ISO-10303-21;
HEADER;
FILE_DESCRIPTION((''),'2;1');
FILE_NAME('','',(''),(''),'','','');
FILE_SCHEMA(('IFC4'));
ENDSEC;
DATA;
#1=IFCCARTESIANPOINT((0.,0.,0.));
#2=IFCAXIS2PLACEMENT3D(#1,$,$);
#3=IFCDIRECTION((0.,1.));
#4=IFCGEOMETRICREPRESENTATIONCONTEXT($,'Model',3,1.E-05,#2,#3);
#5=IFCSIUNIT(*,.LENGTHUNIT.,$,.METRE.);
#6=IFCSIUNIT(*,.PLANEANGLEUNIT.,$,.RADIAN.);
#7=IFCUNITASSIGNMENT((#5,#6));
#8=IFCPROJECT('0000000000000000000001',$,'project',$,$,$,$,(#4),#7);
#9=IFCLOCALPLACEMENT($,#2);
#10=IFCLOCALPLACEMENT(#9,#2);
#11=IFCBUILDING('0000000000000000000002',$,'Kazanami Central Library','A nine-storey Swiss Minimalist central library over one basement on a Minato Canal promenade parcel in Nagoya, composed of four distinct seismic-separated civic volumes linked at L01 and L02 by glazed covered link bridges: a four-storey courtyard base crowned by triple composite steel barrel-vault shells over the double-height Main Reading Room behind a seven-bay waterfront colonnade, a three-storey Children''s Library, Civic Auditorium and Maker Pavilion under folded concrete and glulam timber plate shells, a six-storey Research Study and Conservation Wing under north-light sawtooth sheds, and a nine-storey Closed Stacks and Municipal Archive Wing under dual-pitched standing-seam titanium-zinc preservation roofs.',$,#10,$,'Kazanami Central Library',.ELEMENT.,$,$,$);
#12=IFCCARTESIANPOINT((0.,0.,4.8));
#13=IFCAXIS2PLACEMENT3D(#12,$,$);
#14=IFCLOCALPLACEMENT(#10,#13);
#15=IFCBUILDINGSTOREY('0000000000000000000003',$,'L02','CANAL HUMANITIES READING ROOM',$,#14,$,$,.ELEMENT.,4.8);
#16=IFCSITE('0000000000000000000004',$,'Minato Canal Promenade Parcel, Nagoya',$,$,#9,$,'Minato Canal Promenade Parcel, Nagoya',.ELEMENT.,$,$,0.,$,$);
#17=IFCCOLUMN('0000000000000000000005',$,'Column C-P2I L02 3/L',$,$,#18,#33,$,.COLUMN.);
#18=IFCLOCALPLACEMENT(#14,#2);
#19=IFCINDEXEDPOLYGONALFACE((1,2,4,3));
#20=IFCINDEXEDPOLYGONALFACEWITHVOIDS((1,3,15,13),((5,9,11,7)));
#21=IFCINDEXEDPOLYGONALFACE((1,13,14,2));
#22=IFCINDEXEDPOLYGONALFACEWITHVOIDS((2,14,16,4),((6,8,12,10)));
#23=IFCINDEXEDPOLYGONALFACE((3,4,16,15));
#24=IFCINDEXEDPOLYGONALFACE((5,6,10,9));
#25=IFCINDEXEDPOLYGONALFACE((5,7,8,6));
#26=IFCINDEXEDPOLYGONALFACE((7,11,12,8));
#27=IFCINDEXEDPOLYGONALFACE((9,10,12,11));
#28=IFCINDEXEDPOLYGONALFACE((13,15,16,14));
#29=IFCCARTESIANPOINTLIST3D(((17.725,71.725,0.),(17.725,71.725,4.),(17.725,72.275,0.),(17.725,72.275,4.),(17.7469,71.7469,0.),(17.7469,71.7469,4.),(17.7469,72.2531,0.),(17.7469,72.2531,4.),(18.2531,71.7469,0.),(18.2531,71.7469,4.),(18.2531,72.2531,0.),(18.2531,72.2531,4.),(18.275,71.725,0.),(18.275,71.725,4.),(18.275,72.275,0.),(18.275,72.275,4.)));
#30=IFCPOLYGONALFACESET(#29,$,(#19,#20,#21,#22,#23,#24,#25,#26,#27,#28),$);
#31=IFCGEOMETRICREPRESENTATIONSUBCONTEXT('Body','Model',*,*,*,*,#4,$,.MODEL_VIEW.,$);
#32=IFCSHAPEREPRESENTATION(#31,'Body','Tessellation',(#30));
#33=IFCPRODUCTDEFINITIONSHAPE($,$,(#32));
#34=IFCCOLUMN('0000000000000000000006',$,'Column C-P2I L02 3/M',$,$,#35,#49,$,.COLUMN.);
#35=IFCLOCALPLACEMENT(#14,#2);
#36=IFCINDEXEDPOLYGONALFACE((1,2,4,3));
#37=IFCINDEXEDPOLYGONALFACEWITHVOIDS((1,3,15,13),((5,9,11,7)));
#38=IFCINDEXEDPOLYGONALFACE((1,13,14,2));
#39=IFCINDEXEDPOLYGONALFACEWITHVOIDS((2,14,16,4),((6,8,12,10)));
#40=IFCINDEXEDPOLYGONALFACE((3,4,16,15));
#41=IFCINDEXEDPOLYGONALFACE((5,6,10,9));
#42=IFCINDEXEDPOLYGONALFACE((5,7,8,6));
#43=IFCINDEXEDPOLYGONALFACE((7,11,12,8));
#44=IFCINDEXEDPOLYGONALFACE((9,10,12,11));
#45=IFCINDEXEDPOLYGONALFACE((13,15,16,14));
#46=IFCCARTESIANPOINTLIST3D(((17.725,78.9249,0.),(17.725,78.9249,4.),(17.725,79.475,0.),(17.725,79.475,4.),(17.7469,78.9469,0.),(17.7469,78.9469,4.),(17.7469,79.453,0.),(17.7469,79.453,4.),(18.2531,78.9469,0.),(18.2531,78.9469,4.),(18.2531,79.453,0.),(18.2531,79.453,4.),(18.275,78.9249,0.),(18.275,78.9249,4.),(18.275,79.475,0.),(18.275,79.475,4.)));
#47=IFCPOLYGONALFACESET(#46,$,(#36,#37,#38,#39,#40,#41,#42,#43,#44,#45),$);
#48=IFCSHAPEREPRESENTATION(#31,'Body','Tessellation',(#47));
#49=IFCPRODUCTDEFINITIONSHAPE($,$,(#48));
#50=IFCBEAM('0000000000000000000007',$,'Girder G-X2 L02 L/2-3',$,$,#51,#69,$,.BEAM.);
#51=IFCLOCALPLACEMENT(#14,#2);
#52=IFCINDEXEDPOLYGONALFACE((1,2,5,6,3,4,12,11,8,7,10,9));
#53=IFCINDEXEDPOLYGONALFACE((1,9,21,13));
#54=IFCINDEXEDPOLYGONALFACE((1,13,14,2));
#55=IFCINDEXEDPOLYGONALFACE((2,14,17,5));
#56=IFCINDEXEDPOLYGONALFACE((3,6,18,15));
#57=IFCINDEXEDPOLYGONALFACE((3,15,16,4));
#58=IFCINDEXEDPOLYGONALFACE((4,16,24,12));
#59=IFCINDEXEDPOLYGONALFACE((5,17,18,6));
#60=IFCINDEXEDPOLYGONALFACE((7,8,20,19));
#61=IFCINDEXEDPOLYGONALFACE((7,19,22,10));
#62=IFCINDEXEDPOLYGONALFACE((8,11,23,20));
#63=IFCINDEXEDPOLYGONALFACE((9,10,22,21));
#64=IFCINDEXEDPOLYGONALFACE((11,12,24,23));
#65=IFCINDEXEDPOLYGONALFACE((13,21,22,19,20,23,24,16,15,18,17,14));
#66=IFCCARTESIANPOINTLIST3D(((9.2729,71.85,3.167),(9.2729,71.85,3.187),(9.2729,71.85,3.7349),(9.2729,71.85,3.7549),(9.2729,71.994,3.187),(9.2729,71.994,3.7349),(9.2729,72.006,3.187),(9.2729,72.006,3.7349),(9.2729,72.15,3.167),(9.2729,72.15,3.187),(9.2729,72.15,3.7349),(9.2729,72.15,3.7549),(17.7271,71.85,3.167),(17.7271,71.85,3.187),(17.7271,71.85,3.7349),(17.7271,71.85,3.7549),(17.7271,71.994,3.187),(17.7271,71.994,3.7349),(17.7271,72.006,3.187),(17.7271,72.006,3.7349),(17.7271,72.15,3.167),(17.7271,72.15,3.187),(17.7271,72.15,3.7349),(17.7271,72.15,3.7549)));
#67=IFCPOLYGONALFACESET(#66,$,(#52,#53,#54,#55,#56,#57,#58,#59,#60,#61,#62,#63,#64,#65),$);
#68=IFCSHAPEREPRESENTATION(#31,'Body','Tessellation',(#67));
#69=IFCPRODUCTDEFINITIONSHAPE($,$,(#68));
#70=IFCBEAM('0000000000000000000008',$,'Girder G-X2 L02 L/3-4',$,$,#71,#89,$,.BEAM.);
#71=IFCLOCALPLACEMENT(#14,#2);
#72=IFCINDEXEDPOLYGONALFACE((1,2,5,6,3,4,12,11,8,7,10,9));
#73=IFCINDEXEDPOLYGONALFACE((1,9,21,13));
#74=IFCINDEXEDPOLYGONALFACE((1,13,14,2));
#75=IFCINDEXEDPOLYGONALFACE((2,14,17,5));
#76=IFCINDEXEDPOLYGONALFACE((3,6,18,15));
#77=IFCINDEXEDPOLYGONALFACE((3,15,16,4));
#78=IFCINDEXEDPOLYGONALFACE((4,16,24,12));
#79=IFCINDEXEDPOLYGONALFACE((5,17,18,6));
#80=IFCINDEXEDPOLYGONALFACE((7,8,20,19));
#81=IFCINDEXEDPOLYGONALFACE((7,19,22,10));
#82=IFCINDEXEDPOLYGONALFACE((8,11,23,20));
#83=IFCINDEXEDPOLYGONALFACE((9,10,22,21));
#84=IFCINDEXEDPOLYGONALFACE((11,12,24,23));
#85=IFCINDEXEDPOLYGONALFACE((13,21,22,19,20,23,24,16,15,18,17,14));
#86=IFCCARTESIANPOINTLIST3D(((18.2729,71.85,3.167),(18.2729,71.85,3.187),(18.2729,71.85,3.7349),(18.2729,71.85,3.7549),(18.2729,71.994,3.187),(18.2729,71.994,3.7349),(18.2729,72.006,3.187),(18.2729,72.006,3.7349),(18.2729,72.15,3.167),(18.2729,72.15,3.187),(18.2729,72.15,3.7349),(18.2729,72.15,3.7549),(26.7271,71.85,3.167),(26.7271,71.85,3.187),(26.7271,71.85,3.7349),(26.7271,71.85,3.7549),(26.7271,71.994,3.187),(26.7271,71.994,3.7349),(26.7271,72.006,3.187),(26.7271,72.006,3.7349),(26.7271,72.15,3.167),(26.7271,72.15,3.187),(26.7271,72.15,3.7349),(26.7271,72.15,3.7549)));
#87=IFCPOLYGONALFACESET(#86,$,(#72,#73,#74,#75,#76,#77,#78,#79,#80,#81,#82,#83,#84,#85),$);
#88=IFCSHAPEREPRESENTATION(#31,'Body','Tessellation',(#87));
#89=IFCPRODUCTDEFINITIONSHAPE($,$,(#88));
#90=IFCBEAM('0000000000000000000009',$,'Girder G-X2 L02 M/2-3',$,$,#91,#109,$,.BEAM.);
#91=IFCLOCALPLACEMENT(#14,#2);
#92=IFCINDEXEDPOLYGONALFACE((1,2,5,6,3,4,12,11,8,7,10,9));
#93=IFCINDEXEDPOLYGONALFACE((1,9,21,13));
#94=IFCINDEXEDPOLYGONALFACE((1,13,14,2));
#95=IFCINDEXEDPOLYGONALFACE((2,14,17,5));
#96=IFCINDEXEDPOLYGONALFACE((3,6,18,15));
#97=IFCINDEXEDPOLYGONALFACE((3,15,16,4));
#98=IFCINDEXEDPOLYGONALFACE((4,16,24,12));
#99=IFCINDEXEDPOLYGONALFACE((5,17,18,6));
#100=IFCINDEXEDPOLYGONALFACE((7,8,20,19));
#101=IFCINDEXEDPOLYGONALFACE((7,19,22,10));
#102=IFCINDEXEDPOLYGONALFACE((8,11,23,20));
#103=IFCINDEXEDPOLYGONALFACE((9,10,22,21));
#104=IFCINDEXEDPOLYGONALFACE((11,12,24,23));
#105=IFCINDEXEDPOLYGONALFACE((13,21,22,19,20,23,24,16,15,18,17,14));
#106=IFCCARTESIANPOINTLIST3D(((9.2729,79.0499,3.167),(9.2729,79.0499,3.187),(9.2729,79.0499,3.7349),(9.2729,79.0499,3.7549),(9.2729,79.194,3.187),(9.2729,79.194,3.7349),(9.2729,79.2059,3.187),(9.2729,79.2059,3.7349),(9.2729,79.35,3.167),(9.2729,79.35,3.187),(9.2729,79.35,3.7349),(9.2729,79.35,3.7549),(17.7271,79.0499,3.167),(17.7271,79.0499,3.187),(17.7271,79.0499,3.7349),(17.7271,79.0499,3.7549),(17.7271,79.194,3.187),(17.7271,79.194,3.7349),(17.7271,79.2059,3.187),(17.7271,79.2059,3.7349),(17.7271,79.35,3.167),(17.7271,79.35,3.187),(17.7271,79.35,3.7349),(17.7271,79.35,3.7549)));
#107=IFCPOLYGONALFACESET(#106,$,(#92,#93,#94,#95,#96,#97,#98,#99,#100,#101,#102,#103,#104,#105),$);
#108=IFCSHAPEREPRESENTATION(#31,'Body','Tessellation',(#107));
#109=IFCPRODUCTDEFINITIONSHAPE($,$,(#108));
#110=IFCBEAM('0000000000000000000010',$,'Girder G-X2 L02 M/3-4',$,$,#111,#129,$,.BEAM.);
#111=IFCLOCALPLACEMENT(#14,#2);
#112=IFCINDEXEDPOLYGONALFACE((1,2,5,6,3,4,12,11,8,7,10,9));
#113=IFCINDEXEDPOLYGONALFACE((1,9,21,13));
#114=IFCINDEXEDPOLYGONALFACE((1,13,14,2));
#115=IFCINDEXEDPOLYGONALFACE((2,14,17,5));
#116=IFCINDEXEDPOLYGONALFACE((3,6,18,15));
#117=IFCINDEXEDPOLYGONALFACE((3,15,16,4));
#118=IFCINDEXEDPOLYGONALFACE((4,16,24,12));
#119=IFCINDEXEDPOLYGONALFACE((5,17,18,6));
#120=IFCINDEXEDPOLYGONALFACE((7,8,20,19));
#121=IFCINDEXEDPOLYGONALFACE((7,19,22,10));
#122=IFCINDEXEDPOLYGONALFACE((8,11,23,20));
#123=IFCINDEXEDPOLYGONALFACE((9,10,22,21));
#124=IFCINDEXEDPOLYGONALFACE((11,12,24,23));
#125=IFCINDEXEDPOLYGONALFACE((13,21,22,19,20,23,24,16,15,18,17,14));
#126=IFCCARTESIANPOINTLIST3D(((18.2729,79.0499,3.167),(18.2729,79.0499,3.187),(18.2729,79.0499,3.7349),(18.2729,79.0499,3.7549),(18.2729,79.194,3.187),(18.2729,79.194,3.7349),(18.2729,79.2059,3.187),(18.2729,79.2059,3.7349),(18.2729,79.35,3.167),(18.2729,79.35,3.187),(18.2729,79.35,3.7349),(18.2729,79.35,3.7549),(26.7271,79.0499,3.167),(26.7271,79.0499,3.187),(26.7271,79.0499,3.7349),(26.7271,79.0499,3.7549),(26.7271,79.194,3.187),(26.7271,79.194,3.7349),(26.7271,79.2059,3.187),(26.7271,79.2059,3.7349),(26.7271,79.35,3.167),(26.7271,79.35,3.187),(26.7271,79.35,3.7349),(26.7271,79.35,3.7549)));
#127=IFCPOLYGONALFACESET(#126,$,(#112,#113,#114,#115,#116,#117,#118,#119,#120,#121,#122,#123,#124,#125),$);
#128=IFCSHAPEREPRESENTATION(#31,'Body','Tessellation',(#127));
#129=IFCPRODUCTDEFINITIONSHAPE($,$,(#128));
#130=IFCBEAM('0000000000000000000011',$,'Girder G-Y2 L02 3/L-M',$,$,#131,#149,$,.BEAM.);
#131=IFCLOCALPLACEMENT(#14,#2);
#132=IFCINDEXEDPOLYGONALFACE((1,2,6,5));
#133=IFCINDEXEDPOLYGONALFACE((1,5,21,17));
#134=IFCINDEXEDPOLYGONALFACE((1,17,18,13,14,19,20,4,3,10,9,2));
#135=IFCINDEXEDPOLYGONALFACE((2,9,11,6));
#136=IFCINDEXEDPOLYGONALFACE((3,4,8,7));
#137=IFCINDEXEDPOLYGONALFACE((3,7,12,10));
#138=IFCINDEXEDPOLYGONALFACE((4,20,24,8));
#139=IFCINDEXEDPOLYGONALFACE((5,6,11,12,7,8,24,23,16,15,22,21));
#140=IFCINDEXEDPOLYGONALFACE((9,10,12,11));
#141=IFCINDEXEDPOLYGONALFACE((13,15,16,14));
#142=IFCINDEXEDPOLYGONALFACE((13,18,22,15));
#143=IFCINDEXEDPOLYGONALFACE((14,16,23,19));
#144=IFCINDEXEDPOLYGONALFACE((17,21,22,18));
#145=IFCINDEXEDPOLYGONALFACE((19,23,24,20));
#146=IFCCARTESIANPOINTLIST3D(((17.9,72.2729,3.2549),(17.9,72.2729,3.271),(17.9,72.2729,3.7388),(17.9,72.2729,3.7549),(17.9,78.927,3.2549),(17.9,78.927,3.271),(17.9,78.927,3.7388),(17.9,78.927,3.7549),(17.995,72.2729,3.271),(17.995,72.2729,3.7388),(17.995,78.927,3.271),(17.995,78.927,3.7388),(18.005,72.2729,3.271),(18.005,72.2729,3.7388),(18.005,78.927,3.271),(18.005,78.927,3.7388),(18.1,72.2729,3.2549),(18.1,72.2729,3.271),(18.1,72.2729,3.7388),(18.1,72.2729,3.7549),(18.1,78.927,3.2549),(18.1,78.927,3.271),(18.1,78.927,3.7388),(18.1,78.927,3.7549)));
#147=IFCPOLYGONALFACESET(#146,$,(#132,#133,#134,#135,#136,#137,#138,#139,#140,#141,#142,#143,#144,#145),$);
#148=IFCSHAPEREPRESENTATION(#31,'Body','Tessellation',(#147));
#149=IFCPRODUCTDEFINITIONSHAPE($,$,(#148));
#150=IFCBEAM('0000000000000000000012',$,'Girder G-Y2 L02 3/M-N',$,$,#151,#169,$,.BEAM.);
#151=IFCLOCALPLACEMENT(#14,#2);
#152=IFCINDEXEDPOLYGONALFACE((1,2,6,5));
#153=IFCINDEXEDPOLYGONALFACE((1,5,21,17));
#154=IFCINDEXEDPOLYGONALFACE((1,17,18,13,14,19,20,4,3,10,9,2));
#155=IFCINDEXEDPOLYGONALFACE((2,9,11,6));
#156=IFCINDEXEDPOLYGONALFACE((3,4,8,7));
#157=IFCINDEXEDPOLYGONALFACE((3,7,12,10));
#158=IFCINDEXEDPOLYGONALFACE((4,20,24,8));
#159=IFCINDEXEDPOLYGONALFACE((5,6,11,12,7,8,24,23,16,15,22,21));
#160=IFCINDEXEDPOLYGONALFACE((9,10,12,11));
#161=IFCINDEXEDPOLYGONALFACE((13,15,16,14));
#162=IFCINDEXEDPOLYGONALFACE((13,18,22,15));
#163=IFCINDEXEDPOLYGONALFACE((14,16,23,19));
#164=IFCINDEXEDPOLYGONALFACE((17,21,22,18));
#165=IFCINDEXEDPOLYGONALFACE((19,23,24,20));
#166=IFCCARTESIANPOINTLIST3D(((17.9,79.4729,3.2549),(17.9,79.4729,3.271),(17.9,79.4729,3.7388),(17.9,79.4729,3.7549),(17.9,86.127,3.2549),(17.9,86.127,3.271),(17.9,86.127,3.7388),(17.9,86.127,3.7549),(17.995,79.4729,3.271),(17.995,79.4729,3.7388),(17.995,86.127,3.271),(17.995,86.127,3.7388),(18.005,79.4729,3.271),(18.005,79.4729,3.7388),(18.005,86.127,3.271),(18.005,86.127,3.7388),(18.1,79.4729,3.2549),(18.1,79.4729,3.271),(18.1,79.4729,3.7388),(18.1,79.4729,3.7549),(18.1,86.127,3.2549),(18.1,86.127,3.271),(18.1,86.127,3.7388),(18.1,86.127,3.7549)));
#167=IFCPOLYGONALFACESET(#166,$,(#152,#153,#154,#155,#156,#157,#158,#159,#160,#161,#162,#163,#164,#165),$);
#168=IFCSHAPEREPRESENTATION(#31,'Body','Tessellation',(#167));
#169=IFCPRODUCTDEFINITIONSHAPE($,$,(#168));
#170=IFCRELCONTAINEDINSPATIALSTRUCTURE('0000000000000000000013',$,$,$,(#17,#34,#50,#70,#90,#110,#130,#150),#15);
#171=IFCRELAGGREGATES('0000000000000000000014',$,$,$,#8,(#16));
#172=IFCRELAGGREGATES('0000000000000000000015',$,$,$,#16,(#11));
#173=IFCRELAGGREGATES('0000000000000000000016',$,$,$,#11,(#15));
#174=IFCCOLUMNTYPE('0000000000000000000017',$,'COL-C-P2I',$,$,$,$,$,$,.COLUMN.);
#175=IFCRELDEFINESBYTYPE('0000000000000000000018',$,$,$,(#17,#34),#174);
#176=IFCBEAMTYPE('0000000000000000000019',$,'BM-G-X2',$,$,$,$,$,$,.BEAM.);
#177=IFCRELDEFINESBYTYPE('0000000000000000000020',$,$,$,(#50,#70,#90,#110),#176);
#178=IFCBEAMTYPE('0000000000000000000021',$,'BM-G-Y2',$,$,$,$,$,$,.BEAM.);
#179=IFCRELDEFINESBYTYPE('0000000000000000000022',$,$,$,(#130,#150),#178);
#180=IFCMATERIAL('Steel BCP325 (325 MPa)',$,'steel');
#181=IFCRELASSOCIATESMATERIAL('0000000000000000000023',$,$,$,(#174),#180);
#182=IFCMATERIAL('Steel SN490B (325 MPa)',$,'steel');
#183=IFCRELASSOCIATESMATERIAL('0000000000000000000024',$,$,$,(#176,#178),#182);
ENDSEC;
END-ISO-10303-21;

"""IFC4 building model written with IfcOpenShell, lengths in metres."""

from ifc_helpers import new_model, si_unit, direction, frame, origin, origin_2d, place, context, subcontext, project, spatial, hollow_rectangle, i_section, extrude, material, material_profile, profile_set, type_object, element, save


model = new_model("IFC4")

# Units and contexts
model_context = context("Model", 3, precision=1e-05, world=origin(), true_north=direction((0.0, 1.0)))
body_context = subcontext(model_context, "Body", "Model", "MODEL_VIEW")
ifc_project = project(units=[si_unit("LENGTHUNIT", "METRE"), si_unit("PLANEANGLEUNIT", "RADIAN")], contexts=[model_context])

# Site, building, storey
site_placement = place(None, origin())
site = spatial("IfcSite", under=ifc_project, at=site_placement, Name="Minato Canal Promenade Parcel, Nagoya", LongName="Minato Canal Promenade Parcel, Nagoya", CompositionType="ELEMENT", RefElevation=0.0)
building_placement = place(site_placement, origin())
building = spatial("IfcBuilding", under=site, at=building_placement, Name="Kazanami Central Library", Description="A nine-storey Swiss Minimalist central library over one basement on a Minato Canal promenade parcel in Nagoya, composed of four distinct seismic-separated civic volumes linked at L01 and L02 by glazed covered link bridges: a four-storey courtyard base crowned by triple composite steel barrel-vault shells over the double-height Main Reading Room behind a seven-bay waterfront colonnade, a three-storey Children's Library, Civic Auditorium and Maker Pavilion under folded concrete and glulam timber plate shells, a six-storey Research Study and Conservation Wing under north-light sawtooth sheds, and a nine-storey Closed Stacks and Municipal Archive Wing under dual-pitched standing-seam titanium-zinc preservation roofs.", LongName="Kazanami Central Library", CompositionType="ELEMENT")
storey_placement = place(building_placement, frame((0.0, 0.0, 4.8)))
storey = spatial("IfcBuildingStorey", under=building, at=storey_placement, Name="L02", Description="CANAL HUMANITIES READING ROOM", CompositionType="ELEMENT", Elevation=4.8)

# Columns
ifc_material_1 = material(Name="Steel BCP325 (325 MPa)", Category="steel")
ifc_material_profile_1 = material_profile(ifc_material_1, hollow_rectangle(XDim=0.55, YDim=0.55, WallThickness=0.022, at=origin_2d()), Name="BCP-550x550x22")
ifc_profile_set_1 = profile_set([ifc_material_profile_1], Name="Steel BCP325 (325 MPa)")
column_type = type_object("IfcColumnType", Name="COL-C-P2I", PredefinedType="COLUMN", material=ifc_profile_set_1)
for number, where, z_axis, x_axis, name in (
    (1, (18.0, 72.0, 0.0), (0.0, 0.0, 1.0), (1.0, 0.0, 0.0), "Column C-P2I L02 3/L"),
    (2, (18.0, 79.2, 0.0), (0.0, 0.0, 1.0), (1.0, 0.0, 0.0), "Column C-P2I L02 3/M"),
):
    element("IfcColumn", number, at=place(storey_placement, frame(where, z_axis=z_axis, x_axis=x_axis)), inside=storey, type_object=column_type, Name=name, PredefinedType="COLUMN", context=body_context, shape_type="SweptSolid", body=[
        extrude(hollow_rectangle(XDim=0.55, YDim=0.55, WallThickness=0.022, at=origin_2d()), origin(), (0.0, 0.0, 1.0), 4.0),
    ])

# Beams
ifc_material_2 = material(Name="Steel SN490B (325 MPa)", Category="steel")
ifc_material_profile_2 = material_profile(ifc_material_2, i_section(OverallWidth=0.3, OverallDepth=0.5879, WebThickness=0.012, FlangeThickness=0.02, at=origin_2d()), Name="H-588x300x12x20")
ifc_profile_set_2 = profile_set([ifc_material_profile_2], Name="Steel SN490B (325 MPa)")
beam_type_1 = type_object("IfcBeamType", Name="BM-G-X2", PredefinedType="BEAM", material=ifc_profile_set_2)
for number, where, z_axis, x_axis, name in (
    (3, (9.2729, 72.0, 3.4609), (1.0, 0.0, 0.0), (0.0, 1.0, 0.0), "Girder G-X2 L02 L/2-3"),
    (4, (18.2729, 72.0, 3.4609), (1.0, 0.0, 0.0), (0.0, 1.0, 0.0), "Girder G-X2 L02 L/3-4"),
    (5, (9.2729, 79.2, 3.4609), (1.0, 0.0, 0.0), (0.0, 1.0, 0.0), "Girder G-X2 L02 M/2-3"),
    (6, (18.2729, 79.2, 3.4609), (1.0, 0.0, 0.0), (0.0, 1.0, 0.0), "Girder G-X2 L02 M/3-4"),
):
    element("IfcBeam", number, at=place(storey_placement, frame(where, z_axis=z_axis, x_axis=x_axis)), inside=storey, type_object=beam_type_1, Name=name, PredefinedType="BEAM", context=body_context, shape_type="SweptSolid", body=[
        extrude(i_section(OverallWidth=0.3, OverallDepth=0.5879, WebThickness=0.012, FlangeThickness=0.02, at=origin_2d()), origin(), (0.0, 0.0, 1.0), 8.4541),
    ])
ifc_material_profile_3 = material_profile(ifc_material_2, i_section(OverallWidth=0.2, OverallDepth=0.5, WebThickness=0.01, FlangeThickness=0.0161, at=origin_2d()), Name="H-500x200x10x16")
ifc_profile_set_3 = profile_set([ifc_material_profile_3], Name="Steel SN490B (325 MPa)")
beam_type_2 = type_object("IfcBeamType", Name="BM-G-Y2", PredefinedType="BEAM", material=ifc_profile_set_3)
for number, where, z_axis, x_axis, name in (
    (7, (18.0, 72.2729, 3.5049), (0.0, 1.0, 0.0), (-1.0, 0.0, 0.0), "Girder G-Y2 L02 3/L-M"),
    (8, (18.0, 79.4729, 3.5049), (0.0, 1.0, 0.0), (-1.0, 0.0, 0.0), "Girder G-Y2 L02 3/M-N"),
):
    element("IfcBeam", number, at=place(storey_placement, frame(where, z_axis=z_axis, x_axis=x_axis)), inside=storey, type_object=beam_type_2, Name=name, PredefinedType="BEAM", context=body_context, shape_type="SweptSolid", body=[
        extrude(i_section(OverallWidth=0.2, OverallDepth=0.5, WebThickness=0.01, FlangeThickness=0.0161, at=origin_2d()), origin(), (0.0, 0.0, 1.0), 6.6541),
    ])

save(model, "model.ifc")
